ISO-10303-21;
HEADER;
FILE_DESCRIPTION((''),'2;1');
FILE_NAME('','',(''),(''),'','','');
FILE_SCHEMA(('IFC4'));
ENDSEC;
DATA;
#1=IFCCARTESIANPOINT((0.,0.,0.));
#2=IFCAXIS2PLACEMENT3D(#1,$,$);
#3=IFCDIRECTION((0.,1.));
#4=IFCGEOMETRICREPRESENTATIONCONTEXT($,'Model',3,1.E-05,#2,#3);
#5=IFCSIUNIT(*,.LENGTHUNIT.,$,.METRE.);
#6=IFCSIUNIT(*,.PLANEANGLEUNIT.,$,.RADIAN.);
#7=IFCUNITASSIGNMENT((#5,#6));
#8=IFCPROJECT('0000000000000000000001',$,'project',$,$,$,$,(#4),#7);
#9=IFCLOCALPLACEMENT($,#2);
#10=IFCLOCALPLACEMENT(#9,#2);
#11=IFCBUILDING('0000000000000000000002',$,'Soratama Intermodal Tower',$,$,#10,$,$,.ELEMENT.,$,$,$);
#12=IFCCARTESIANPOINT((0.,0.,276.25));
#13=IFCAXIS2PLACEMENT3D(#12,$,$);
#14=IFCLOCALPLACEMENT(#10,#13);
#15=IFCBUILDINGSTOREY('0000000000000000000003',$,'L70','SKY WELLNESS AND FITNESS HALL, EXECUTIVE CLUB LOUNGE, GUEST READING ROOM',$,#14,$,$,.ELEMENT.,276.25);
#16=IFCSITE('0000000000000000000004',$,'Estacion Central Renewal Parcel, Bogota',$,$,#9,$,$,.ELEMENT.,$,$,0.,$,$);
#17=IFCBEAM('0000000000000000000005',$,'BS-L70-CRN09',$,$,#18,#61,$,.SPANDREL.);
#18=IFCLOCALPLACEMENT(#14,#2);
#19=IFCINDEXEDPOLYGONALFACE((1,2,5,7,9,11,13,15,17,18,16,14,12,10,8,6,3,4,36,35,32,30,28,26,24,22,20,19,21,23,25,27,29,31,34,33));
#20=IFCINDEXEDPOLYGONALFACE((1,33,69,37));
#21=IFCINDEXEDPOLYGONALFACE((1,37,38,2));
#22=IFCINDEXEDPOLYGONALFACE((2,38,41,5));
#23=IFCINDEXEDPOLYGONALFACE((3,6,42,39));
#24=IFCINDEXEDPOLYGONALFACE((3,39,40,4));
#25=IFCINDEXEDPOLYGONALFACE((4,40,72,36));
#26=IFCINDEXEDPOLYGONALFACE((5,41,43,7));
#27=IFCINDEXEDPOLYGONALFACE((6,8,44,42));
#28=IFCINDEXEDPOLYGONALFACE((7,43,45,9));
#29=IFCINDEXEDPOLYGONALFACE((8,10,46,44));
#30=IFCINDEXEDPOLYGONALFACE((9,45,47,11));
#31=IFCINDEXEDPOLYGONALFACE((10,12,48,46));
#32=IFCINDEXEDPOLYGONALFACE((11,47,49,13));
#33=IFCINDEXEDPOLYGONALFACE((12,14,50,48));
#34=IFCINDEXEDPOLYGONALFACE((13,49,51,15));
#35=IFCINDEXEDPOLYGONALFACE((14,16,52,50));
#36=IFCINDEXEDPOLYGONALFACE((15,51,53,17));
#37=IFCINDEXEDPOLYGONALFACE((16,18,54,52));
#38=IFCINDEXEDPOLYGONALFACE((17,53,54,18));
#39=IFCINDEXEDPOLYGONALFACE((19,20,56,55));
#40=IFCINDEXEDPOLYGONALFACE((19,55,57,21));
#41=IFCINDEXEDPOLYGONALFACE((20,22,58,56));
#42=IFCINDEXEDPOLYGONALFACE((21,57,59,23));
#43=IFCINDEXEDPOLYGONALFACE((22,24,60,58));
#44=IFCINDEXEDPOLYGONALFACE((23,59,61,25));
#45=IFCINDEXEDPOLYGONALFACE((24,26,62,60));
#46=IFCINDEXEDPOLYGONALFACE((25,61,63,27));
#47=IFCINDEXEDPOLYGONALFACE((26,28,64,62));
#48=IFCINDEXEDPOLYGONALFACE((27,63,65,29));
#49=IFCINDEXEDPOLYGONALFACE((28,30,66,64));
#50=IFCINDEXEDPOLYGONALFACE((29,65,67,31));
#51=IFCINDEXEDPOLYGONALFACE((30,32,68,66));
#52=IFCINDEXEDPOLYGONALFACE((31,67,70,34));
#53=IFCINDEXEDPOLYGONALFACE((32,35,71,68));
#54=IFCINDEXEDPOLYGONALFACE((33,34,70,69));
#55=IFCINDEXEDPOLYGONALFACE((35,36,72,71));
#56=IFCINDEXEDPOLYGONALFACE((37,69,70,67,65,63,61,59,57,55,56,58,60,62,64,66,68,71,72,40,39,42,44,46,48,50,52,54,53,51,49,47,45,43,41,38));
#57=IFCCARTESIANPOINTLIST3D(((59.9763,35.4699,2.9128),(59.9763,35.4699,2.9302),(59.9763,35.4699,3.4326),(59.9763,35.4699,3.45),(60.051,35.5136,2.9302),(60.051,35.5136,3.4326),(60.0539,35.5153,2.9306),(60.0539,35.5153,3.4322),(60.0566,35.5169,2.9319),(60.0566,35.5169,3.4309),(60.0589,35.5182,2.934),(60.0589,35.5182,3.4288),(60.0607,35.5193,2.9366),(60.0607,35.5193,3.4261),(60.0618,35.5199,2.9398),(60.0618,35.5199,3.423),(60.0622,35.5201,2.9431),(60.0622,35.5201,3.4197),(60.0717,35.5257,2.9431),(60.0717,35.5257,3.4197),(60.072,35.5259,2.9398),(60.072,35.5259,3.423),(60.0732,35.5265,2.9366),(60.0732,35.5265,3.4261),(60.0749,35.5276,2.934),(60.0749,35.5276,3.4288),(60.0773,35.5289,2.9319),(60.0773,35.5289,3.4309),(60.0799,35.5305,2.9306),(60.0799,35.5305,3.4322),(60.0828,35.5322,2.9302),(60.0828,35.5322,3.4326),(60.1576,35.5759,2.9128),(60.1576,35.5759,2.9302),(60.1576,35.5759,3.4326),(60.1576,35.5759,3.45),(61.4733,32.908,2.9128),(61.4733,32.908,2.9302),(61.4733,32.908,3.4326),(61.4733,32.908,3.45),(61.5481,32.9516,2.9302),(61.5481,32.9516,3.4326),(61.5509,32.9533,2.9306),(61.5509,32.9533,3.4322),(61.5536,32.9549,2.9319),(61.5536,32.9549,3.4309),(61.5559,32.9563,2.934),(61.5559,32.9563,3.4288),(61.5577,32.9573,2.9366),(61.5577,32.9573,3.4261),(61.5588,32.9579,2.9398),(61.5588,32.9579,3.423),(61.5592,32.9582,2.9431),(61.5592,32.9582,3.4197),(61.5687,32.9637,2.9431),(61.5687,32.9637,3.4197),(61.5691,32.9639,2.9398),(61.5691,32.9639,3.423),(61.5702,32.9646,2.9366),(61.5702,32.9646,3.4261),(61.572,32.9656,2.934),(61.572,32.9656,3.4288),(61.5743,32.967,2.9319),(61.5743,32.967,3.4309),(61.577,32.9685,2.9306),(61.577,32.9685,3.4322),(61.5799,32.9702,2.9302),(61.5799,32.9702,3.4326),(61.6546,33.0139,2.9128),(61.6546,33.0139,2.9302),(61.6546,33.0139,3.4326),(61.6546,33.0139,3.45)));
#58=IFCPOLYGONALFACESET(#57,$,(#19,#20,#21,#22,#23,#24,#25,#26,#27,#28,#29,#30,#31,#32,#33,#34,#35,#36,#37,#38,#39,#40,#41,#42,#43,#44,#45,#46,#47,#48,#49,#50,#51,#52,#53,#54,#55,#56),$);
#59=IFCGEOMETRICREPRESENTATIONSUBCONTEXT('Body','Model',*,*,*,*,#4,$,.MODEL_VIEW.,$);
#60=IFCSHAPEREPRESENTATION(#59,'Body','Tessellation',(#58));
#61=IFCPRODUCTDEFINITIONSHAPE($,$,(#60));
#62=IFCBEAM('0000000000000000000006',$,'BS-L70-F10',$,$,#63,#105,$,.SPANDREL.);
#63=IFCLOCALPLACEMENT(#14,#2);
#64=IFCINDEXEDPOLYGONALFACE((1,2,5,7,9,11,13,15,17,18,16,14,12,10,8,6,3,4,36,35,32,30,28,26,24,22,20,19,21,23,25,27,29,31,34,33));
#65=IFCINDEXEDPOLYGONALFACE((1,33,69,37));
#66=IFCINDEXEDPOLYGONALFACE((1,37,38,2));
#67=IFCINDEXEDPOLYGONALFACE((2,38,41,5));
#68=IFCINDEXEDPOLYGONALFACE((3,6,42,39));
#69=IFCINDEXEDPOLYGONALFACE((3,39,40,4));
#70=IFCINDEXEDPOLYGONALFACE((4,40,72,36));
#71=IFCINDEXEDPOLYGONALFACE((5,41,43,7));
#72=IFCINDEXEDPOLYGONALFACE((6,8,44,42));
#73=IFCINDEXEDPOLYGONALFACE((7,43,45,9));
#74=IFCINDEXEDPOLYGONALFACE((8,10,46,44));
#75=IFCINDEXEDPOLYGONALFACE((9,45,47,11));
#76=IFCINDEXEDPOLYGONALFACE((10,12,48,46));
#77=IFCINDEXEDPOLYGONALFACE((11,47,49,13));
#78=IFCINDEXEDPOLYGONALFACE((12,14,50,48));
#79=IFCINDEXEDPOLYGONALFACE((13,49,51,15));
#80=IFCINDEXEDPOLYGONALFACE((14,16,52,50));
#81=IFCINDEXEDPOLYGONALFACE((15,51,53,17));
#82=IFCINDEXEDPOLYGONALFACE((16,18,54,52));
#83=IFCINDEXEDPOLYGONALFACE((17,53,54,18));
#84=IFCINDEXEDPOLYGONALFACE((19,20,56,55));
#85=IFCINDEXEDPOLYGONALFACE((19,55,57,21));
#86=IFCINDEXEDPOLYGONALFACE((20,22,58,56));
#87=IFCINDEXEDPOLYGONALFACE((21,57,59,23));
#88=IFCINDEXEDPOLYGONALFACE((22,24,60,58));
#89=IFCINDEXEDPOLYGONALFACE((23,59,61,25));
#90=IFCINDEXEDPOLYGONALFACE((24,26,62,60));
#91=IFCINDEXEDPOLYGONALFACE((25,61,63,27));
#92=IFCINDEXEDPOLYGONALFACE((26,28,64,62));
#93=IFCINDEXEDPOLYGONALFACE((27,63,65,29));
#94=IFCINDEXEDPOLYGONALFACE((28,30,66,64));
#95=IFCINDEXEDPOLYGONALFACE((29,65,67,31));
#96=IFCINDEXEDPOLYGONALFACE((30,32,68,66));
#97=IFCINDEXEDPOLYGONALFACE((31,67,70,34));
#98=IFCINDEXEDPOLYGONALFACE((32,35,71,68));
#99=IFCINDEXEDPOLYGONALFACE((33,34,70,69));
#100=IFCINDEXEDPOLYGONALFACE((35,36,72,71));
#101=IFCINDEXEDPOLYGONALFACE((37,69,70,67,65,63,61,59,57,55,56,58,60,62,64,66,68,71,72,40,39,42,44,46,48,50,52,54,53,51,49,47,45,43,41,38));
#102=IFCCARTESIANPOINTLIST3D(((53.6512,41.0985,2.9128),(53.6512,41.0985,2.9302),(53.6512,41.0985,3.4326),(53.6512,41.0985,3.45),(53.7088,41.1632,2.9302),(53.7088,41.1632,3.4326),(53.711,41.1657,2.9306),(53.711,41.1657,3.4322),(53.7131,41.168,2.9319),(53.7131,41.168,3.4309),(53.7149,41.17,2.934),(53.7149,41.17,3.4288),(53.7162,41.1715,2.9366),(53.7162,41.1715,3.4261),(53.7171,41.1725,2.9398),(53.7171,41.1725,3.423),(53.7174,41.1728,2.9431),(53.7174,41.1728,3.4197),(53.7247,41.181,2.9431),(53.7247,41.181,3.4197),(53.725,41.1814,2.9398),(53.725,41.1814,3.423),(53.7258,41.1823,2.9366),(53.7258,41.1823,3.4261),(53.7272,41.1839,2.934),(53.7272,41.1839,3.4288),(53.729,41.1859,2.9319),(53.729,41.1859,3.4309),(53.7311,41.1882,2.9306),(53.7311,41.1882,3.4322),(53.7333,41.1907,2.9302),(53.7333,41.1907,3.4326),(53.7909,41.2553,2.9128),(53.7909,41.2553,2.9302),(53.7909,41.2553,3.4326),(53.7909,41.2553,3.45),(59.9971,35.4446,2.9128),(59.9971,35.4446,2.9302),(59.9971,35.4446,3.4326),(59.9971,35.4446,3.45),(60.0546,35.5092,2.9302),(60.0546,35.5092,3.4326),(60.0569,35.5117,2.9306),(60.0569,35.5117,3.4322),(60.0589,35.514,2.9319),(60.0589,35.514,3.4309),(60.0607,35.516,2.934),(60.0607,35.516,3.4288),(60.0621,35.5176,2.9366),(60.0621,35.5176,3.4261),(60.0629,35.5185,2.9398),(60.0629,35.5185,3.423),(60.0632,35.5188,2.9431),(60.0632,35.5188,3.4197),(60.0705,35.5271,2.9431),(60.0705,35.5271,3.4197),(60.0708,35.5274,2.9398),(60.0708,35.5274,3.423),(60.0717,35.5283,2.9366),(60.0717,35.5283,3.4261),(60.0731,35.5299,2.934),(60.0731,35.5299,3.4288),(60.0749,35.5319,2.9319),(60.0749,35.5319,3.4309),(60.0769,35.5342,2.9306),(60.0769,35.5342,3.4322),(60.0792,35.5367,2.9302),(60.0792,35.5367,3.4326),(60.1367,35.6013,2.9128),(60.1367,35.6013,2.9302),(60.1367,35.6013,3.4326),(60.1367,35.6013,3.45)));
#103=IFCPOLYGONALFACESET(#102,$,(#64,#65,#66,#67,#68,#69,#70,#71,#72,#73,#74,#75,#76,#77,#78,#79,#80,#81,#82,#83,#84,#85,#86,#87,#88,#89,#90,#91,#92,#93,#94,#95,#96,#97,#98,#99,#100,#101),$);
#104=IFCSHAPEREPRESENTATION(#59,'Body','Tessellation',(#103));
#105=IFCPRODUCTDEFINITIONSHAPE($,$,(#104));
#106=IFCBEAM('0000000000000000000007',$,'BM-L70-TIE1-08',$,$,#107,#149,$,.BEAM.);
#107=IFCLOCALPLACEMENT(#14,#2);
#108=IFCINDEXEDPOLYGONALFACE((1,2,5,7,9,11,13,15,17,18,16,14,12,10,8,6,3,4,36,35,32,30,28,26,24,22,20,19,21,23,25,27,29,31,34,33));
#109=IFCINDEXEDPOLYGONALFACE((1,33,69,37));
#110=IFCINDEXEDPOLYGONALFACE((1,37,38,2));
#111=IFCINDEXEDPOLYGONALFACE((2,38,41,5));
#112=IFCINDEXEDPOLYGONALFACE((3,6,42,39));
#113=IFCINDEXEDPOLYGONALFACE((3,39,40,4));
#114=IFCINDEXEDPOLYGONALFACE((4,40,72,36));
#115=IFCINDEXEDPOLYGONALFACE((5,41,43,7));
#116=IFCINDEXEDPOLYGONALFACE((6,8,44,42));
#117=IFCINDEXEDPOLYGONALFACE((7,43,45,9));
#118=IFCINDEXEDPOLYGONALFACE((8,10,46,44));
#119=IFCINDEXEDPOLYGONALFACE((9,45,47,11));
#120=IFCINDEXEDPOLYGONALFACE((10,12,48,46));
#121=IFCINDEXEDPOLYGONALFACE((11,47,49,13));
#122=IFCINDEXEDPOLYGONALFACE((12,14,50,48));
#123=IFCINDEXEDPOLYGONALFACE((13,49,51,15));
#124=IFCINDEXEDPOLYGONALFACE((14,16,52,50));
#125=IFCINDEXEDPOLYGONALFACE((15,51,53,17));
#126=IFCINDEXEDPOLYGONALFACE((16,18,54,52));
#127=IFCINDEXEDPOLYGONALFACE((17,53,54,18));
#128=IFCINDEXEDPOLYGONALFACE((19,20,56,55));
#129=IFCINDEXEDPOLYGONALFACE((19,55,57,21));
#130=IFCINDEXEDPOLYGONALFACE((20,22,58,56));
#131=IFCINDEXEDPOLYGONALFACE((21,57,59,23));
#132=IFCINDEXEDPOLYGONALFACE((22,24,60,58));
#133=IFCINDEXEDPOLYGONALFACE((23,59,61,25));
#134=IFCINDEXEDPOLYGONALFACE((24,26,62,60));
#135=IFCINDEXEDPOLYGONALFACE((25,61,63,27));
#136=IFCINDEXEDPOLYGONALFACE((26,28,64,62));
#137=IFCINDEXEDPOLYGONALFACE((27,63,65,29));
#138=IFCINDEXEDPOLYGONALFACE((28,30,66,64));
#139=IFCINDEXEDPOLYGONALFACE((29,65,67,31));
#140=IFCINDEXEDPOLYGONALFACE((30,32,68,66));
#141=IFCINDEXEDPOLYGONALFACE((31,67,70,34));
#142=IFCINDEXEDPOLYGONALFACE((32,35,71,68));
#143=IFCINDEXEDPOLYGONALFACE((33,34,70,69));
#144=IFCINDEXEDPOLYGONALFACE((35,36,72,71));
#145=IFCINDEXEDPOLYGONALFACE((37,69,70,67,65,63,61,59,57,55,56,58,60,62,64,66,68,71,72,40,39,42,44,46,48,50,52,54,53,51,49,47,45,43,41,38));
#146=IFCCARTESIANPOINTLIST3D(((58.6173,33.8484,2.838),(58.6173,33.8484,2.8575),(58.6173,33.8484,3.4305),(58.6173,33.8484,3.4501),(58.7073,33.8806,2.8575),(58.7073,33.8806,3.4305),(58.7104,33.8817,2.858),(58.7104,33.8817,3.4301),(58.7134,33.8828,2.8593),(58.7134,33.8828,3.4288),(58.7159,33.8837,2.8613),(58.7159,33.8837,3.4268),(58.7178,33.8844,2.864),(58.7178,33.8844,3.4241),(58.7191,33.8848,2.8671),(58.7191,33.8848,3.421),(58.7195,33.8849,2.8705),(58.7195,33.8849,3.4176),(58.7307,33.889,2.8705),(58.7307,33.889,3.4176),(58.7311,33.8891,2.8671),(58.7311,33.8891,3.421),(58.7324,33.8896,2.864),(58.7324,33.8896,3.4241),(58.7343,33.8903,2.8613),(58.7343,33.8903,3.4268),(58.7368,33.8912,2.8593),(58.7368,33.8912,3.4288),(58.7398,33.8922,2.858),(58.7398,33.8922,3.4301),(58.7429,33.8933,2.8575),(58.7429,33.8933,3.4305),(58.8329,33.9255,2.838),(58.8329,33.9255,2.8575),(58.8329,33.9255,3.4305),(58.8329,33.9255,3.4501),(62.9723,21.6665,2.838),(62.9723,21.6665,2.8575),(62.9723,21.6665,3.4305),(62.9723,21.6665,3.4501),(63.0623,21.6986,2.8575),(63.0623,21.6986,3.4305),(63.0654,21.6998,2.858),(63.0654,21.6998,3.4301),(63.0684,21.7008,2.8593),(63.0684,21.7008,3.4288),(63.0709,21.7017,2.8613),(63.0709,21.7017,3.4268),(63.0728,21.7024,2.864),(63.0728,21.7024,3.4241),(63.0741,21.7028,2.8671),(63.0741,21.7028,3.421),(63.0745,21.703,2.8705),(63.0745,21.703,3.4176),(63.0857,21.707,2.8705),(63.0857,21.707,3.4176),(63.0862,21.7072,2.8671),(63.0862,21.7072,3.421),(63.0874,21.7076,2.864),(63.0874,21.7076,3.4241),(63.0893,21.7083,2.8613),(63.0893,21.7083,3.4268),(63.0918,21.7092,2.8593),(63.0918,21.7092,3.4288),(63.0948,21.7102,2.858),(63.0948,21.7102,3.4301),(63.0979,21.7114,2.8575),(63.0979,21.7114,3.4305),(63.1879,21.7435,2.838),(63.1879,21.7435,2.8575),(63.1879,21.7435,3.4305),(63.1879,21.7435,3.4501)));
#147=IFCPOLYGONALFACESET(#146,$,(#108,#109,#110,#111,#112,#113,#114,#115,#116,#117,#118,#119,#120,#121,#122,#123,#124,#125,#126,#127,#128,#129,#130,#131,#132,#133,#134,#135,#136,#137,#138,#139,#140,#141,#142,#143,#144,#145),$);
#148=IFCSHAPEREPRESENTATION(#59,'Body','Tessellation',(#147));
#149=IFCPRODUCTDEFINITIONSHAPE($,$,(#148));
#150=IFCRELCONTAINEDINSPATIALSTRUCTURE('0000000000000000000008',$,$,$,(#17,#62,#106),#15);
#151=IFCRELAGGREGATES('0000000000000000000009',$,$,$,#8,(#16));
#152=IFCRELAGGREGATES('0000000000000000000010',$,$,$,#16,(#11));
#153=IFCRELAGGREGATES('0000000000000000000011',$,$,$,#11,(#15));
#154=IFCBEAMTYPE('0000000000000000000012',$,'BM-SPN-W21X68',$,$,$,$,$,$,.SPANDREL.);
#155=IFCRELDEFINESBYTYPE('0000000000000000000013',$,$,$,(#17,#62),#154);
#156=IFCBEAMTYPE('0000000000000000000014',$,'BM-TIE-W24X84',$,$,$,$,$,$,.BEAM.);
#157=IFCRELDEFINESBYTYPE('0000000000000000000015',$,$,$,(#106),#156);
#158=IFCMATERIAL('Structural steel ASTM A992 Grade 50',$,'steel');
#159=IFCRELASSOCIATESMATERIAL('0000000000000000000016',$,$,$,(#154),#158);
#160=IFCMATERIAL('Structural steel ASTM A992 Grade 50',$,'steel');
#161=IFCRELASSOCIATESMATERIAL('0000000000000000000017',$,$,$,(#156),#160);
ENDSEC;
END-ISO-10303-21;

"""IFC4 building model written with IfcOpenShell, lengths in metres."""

from ifc_helpers import new_model, si_unit, direction, frame, origin, origin_2d, place, context, subcontext, project, spatial, i_section, extrude, material, material_profile, profile_set, type_object, element, save


model = new_model("IFC4")

# Units and contexts
model_context = context("Model", 3, precision=1e-05, world=origin(), true_north=direction((0.0, 1.0)))
body_context = subcontext(model_context, "Body", "Model", "MODEL_VIEW")
ifc_project = project(units=[si_unit("LENGTHUNIT", "METRE"), si_unit("PLANEANGLEUNIT", "RADIAN")], contexts=[model_context])

# Site, building, storey
site_placement = place(None, origin())
site = spatial("IfcSite", under=ifc_project, at=site_placement, Name="Estacion Central Renewal Parcel, Bogota", CompositionType="ELEMENT", RefElevation=0.0)
building_placement = place(site_placement, origin())
building = spatial("IfcBuilding", under=site, at=building_placement, Name="Soratama Intermodal Tower", CompositionType="ELEMENT")
storey_placement = place(building_placement, frame((0.0, 0.0, 276.25)))
storey = spatial("IfcBuildingStorey", under=building, at=storey_placement, Name="L70", Description="SKY WELLNESS AND FITNESS HALL, EXECUTIVE CLUB LOUNGE, GUEST READING ROOM", CompositionType="ELEMENT", Elevation=276.25)

# Beams
ifc_material_1 = material(Name="Structural steel ASTM A992 Grade 50", Category="steel")
ifc_material_profile_1 = material_profile(ifc_material_1, i_section(OverallWidth=0.21, OverallDepth=0.5371, WebThickness=0.011, FlangeThickness=0.0173, FilletRadius=0.0129, at=origin_2d()), Name="W21X68")
ifc_profile_set_1 = profile_set([ifc_material_profile_1], Name="Structural steel ASTM A992 Grade 50")
beam_type_1 = type_object("IfcBeamType", Name="BM-SPN-W21X68", PredefinedType="SPANDREL", material=ifc_profile_set_1)
beam_1_placement = place(storey_placement, frame((61.564, 32.9609, 3.1814), z_axis=(-0.504515, 0.863403, 0.0), x_axis=(-0.863403, -0.504515, 0.0)))
element("IfcBeam", 1, at=beam_1_placement, inside=storey, type_object=beam_type_1, Name="BS-L70-CRN09", PredefinedType="SPANDREL", context=body_context, shape_type="SweptSolid", body=[
    extrude(i_section(OverallWidth=0.21, OverallDepth=0.5371, WebThickness=0.011, FlangeThickness=0.0173, FilletRadius=0.0129, at=origin_2d()), origin(), (0.0, 0.0, 1.0), 2.9673),
])
beam_2_placement = place(storey_placement, frame((60.0669, 35.5229, 3.1814), z_axis=(-0.746637, 0.665232, 0.0), x_axis=(-0.665232, -0.746637, 0.0)))
element("IfcBeam", 2, at=beam_2_placement, inside=storey, type_object=beam_type_1, Name="BS-L70-F10", PredefinedType="SPANDREL", context=body_context, shape_type="SweptSolid", body=[
    extrude(i_section(OverallWidth=0.21, OverallDepth=0.5371, WebThickness=0.011, FlangeThickness=0.0173, FilletRadius=0.0129, at=origin_2d()), origin(), (0.0, 0.0, 1.0), 8.4993),
])
ifc_material_2 = material(Name="Structural steel ASTM A992 Grade 50", Category="steel")
ifc_material_profile_2 = material_profile(ifc_material_2, i_section(OverallWidth=0.229, OverallDepth=0.6121, WebThickness=0.012, FlangeThickness=0.0195, FilletRadius=0.0129, at=origin_2d()), Name="W24X84")
ifc_profile_set_2 = profile_set([ifc_material_profile_2], Name="Structural steel ASTM A992 Grade 50")
beam_type_2 = type_object("IfcBeamType", Name="BM-TIE-W24X84", PredefinedType="BEAM", material=ifc_profile_set_2)
beam_3_placement = place(storey_placement, frame((58.7251, 33.887, 3.144), z_axis=(0.336632, -0.941636, 0.0), x_axis=(0.941636, 0.336632, 0.0)))
element("IfcBeam", 3, at=beam_3_placement, inside=storey, type_object=beam_type_2, Name="BM-L70-TIE1-08", PredefinedType="BEAM", context=body_context, shape_type="SweptSolid", body=[
    extrude(i_section(OverallWidth=0.229, OverallDepth=0.6121, WebThickness=0.012, FlangeThickness=0.0195, FilletRadius=0.0129, at=origin_2d()), origin(), (0.0, 0.0, 1.0), 12.937),
])

save(model, "model.ifc")
